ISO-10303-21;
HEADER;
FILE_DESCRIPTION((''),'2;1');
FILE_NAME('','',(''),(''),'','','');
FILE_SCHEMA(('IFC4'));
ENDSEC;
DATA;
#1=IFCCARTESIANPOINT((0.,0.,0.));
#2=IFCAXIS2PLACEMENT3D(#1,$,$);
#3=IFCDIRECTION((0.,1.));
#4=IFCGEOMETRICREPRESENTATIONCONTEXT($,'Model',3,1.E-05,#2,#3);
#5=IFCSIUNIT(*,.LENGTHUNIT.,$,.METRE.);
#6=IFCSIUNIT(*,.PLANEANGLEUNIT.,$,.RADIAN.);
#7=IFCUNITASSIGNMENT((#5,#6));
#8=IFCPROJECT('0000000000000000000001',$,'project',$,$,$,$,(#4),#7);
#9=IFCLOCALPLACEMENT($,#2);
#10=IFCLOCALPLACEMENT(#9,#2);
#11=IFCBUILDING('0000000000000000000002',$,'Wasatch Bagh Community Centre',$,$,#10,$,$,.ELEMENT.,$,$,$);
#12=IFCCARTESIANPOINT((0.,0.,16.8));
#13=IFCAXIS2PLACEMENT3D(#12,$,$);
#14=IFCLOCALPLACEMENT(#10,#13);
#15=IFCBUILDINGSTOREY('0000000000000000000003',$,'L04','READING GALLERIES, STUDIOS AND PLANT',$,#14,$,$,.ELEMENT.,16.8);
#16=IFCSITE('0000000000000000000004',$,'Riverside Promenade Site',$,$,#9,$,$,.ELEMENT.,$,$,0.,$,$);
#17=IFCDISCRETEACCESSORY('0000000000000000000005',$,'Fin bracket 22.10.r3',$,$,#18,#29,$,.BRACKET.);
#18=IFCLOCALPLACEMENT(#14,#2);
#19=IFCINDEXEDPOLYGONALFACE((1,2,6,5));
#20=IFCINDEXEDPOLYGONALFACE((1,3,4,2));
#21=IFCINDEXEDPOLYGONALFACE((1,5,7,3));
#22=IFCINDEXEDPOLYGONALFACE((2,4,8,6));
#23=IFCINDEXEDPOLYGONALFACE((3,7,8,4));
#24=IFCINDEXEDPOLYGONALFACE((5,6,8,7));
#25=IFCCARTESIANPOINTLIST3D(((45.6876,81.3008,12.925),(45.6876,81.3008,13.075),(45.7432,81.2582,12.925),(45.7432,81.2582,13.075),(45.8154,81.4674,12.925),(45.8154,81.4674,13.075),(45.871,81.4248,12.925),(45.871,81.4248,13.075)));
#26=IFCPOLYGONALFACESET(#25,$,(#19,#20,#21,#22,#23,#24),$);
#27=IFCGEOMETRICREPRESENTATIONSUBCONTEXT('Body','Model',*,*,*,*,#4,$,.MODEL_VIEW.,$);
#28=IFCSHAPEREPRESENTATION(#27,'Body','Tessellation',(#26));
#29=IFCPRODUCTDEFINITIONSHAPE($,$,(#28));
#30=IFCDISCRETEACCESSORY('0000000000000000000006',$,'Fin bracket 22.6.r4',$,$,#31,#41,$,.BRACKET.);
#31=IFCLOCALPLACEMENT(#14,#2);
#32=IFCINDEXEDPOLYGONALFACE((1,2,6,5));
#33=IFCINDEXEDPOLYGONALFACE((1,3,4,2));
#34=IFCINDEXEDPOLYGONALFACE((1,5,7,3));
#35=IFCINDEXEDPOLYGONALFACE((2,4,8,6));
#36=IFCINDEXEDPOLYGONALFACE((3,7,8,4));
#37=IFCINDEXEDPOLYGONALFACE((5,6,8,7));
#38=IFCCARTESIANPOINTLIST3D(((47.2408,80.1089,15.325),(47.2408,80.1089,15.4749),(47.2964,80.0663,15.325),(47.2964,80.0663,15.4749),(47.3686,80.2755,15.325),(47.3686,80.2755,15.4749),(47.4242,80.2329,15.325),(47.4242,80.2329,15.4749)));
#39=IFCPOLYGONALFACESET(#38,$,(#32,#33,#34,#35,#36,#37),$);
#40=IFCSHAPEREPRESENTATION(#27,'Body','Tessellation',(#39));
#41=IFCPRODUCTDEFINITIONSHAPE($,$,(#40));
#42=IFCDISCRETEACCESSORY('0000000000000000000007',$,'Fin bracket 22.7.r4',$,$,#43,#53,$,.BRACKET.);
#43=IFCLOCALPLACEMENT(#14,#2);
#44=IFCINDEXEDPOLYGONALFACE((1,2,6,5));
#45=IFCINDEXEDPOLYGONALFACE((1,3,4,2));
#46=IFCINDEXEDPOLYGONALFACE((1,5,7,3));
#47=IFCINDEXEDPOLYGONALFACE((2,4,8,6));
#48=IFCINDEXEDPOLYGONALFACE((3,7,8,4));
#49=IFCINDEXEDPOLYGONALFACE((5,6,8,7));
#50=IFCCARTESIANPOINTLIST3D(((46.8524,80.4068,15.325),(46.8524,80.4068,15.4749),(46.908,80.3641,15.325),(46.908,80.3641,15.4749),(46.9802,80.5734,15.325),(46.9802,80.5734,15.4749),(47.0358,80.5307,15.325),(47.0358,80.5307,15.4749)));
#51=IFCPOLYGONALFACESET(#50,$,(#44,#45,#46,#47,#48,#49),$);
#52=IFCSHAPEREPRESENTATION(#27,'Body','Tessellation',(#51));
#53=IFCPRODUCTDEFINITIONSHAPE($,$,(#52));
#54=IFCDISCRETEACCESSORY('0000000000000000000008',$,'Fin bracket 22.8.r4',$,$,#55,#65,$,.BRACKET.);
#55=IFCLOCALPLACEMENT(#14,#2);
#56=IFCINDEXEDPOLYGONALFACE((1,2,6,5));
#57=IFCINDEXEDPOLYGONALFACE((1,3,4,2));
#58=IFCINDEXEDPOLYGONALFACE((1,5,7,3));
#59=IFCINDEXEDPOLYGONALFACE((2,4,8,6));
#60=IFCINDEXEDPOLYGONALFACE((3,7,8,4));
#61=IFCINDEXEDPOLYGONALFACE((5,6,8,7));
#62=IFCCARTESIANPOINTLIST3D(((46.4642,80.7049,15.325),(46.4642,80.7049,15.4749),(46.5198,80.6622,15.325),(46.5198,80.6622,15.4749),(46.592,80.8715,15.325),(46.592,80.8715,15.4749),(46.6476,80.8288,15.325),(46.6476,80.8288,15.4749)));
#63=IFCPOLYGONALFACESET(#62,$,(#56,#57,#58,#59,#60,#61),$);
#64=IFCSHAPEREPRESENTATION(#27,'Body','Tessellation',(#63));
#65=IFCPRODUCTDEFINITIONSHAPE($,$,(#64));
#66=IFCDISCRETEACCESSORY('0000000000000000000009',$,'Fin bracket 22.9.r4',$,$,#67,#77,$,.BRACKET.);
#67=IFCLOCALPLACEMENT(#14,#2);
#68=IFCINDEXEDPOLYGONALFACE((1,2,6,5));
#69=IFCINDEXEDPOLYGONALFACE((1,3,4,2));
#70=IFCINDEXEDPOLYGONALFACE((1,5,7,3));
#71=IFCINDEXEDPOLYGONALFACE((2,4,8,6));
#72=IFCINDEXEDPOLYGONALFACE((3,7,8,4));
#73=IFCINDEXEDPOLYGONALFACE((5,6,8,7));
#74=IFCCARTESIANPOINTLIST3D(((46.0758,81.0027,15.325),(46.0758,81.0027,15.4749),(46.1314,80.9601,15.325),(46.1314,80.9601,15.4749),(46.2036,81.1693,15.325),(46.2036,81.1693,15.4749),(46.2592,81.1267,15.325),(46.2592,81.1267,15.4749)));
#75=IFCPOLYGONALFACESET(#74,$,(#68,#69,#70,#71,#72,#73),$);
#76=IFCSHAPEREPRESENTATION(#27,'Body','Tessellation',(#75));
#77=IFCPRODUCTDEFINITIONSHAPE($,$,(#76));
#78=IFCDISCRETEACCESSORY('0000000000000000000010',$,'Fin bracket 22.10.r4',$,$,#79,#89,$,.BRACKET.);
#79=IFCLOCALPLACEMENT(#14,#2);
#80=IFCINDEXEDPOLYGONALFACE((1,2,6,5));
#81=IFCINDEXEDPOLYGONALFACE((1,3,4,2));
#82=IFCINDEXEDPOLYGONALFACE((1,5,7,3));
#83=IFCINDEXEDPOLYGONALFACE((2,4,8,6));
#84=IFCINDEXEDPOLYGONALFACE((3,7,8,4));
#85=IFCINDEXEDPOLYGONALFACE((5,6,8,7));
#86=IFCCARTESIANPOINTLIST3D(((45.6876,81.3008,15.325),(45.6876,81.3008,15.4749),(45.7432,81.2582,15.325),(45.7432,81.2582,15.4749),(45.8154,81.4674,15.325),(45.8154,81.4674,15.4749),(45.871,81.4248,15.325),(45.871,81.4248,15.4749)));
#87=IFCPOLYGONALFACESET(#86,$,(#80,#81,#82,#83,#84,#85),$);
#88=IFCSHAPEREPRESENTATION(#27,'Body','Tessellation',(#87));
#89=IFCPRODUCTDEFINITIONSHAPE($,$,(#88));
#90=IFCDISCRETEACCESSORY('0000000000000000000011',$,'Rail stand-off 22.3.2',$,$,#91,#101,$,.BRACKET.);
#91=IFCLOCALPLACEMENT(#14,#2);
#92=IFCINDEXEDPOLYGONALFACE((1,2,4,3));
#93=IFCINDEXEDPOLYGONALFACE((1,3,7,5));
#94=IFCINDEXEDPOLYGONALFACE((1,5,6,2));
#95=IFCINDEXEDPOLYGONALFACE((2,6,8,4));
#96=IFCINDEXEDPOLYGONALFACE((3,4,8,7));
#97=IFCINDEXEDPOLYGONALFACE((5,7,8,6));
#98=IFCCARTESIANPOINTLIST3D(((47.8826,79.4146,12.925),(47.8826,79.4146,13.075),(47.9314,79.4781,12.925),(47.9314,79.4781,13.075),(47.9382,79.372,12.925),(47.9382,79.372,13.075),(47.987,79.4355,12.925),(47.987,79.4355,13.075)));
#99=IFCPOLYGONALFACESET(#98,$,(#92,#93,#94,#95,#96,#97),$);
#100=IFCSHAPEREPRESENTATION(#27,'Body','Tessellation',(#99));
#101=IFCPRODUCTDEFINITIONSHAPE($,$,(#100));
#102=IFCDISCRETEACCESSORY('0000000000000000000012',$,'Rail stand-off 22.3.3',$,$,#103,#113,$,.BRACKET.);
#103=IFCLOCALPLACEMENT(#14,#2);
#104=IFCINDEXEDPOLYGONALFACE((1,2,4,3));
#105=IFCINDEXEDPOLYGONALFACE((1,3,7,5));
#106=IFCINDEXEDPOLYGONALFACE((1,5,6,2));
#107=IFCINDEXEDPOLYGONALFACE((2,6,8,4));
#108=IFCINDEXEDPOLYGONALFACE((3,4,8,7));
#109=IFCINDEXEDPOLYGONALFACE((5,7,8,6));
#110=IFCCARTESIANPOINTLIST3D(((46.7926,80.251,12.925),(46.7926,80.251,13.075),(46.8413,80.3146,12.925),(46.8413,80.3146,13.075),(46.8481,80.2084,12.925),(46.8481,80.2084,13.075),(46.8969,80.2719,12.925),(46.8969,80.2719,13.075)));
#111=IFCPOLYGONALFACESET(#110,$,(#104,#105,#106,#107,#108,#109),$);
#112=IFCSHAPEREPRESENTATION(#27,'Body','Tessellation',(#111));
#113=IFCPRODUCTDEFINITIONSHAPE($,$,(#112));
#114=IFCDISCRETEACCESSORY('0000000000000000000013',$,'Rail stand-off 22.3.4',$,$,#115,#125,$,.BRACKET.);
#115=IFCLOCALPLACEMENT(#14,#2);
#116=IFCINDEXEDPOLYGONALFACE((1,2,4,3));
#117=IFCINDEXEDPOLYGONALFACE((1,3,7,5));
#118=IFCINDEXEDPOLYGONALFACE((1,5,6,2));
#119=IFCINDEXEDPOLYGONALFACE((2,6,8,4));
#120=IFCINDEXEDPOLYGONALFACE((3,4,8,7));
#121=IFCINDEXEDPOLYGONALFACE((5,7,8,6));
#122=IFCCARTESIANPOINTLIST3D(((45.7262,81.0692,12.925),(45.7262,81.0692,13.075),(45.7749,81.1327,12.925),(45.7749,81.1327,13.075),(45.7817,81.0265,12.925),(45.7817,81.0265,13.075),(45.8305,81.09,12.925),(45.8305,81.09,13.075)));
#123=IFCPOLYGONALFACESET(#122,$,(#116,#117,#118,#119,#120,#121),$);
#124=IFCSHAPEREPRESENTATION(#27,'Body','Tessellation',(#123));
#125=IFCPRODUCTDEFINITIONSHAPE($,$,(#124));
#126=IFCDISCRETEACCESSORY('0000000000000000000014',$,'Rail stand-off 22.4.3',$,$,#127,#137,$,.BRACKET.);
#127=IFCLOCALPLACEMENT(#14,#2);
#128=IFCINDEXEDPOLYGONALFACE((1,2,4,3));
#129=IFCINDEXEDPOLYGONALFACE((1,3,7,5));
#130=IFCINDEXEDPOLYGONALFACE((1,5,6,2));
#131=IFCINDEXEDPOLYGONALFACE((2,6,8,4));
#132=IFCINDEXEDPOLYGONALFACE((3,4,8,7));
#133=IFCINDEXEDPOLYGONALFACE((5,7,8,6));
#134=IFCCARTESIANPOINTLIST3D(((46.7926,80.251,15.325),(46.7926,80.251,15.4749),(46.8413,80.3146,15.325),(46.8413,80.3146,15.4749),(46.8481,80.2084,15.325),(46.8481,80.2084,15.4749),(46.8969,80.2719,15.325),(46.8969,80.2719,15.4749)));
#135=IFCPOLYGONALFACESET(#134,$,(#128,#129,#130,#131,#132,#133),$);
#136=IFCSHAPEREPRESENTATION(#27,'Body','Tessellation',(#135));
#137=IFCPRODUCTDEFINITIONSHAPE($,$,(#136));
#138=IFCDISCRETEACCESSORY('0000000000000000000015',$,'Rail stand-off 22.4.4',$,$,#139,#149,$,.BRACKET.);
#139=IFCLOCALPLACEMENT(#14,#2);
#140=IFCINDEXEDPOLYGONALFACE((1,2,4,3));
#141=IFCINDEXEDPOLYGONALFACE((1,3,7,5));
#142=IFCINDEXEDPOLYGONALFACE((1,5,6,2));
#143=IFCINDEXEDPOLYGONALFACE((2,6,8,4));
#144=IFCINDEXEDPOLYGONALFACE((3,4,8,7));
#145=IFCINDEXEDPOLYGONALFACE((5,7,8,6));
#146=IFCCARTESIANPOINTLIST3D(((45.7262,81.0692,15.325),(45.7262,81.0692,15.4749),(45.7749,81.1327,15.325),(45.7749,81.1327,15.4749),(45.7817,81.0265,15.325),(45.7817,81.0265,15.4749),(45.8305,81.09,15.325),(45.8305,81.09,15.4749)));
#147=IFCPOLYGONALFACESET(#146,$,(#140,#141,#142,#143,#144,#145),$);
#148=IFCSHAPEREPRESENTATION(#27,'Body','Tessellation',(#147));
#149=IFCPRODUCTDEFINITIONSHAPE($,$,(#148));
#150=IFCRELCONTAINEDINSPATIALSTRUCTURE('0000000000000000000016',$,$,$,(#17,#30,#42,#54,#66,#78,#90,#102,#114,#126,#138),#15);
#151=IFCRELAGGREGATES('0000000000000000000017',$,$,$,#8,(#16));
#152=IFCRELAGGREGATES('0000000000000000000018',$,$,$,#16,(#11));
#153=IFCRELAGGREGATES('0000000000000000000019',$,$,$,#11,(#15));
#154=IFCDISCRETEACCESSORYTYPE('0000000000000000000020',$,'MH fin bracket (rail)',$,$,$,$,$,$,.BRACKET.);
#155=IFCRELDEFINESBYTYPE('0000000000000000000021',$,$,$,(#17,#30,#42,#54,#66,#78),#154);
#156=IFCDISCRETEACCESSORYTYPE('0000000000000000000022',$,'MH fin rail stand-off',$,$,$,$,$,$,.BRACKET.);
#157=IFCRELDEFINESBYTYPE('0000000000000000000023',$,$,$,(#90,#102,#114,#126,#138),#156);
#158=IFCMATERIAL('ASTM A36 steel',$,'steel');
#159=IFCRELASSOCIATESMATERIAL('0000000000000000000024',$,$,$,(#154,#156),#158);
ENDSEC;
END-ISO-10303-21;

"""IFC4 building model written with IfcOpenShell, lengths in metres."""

from ifc_helpers import new_model, si_unit, direction, frame, origin, origin_2d, place, context, subcontext, project, spatial, rectangle, extrude, material, type_object, element, save


model = new_model("IFC4")

# Units and contexts
model_context = context("Model", 3, precision=1e-05, world=origin(), true_north=direction((0.0, 1.0)))
body_context = subcontext(model_context, "Body", "Model", "MODEL_VIEW")
ifc_project = project(units=[si_unit("LENGTHUNIT", "METRE"), si_unit("PLANEANGLEUNIT", "RADIAN")], contexts=[model_context])

# Site, building, storey
site_placement = place(None, origin())
site = spatial("IfcSite", under=ifc_project, at=site_placement, Name="Riverside Promenade Site", CompositionType="ELEMENT", RefElevation=0.0)
building_placement = place(site_placement, origin())
building = spatial("IfcBuilding", under=site, at=building_placement, Name="Wasatch Bagh Community Centre", CompositionType="ELEMENT")
storey_placement = place(building_placement, frame((0.0, 0.0, 16.8)))
storey = spatial("IfcBuildingStorey", under=building, at=storey_placement, Name="L04", Description="READING GALLERIES, STUDIOS AND PLANT", CompositionType="ELEMENT", Elevation=16.8)

# Discrete accessories
ifc_material_1 = material(Name="ASTM A36 steel", Category="steel")
discrete_accessory_type_1 = type_object("IfcDiscreteAccessoryType", Name="MH fin bracket (rail)", PredefinedType="BRACKET", material=ifc_material_1)
for number, where, z_axis, x_axis, name in (
    (1, (45.7793, 81.3628, 12.925), (0.0, 0.0, 1.0), (-0.793353, 0.608761, 0.0), "Fin bracket 22.10.r3"),
    (2, (47.3325, 80.1709, 15.325), (0.0, 0.0, 1.0), (-0.793353, 0.608761, 0.0), "Fin bracket 22.6.r4"),
    (3, (46.9441, 80.4688, 15.325), (0.0, 0.0, 1.0), (-0.793353, 0.608761, 0.0), "Fin bracket 22.7.r4"),
    (4, (46.5559, 80.7668, 15.325), (0.0, 0.0, 1.0), (-0.793353, 0.608761, 0.0), "Fin bracket 22.8.r4"),
    (5, (46.1675, 81.0647, 15.325), (0.0, 0.0, 1.0), (-0.793353, 0.608761, 0.0), "Fin bracket 22.9.r4"),
    (6, (45.7793, 81.3628, 15.325), (0.0, 0.0, 1.0), (-0.793353, 0.608761, 0.0), "Fin bracket 22.10.r4"),
):
    element("IfcDiscreteAccessory", number, at=place(storey_placement, frame(where, z_axis=z_axis, x_axis=x_axis)), inside=storey, type_object=discrete_accessory_type_1, Name=name, PredefinedType="BRACKET", context=body_context, shape_type="SweptSolid", body=[
        extrude(rectangle(XDim=0.0701, YDim=0.21, at=origin_2d()), origin(), (0.0, 0.0, 1.0), 0.1499),
    ])
discrete_accessory_type_2 = type_object("IfcDiscreteAccessoryType", Name="MH fin rail stand-off", PredefinedType="BRACKET", material=ifc_material_1)
for number, where, z_axis, x_axis, name in (
    (7, (47.9348, 79.425, 12.925), (0.0, 0.0, 1.0), (-0.793353, 0.608761, 0.0), "Rail stand-off 22.3.2"),
    (8, (46.8447, 80.2615, 12.925), (0.0, 0.0, 1.0), (-0.793353, 0.608761, 0.0), "Rail stand-off 22.3.3"),
    (9, (45.7783, 81.0796, 12.925), (0.0, 0.0, 1.0), (-0.793353, 0.608761, 0.0), "Rail stand-off 22.3.4"),
    (10, (46.8447, 80.2615, 15.325), (0.0, 0.0, 1.0), (-0.793353, 0.608761, 0.0), "Rail stand-off 22.4.3"),
    (11, (45.7783, 81.0796, 15.325), (0.0, 0.0, 1.0), (-0.793353, 0.608761, 0.0), "Rail stand-off 22.4.4"),
):
    element("IfcDiscreteAccessory", number, at=place(storey_placement, frame(where, z_axis=z_axis, x_axis=x_axis)), inside=storey, type_object=discrete_accessory_type_2, Name=name, PredefinedType="BRACKET", context=body_context, shape_type="SweptSolid", body=[
        extrude(rectangle(XDim=0.0701, YDim=0.0801, at=origin_2d()), origin(), (0.0, 0.0, 1.0), 0.1499),
    ])

save(model, "model.ifc")
